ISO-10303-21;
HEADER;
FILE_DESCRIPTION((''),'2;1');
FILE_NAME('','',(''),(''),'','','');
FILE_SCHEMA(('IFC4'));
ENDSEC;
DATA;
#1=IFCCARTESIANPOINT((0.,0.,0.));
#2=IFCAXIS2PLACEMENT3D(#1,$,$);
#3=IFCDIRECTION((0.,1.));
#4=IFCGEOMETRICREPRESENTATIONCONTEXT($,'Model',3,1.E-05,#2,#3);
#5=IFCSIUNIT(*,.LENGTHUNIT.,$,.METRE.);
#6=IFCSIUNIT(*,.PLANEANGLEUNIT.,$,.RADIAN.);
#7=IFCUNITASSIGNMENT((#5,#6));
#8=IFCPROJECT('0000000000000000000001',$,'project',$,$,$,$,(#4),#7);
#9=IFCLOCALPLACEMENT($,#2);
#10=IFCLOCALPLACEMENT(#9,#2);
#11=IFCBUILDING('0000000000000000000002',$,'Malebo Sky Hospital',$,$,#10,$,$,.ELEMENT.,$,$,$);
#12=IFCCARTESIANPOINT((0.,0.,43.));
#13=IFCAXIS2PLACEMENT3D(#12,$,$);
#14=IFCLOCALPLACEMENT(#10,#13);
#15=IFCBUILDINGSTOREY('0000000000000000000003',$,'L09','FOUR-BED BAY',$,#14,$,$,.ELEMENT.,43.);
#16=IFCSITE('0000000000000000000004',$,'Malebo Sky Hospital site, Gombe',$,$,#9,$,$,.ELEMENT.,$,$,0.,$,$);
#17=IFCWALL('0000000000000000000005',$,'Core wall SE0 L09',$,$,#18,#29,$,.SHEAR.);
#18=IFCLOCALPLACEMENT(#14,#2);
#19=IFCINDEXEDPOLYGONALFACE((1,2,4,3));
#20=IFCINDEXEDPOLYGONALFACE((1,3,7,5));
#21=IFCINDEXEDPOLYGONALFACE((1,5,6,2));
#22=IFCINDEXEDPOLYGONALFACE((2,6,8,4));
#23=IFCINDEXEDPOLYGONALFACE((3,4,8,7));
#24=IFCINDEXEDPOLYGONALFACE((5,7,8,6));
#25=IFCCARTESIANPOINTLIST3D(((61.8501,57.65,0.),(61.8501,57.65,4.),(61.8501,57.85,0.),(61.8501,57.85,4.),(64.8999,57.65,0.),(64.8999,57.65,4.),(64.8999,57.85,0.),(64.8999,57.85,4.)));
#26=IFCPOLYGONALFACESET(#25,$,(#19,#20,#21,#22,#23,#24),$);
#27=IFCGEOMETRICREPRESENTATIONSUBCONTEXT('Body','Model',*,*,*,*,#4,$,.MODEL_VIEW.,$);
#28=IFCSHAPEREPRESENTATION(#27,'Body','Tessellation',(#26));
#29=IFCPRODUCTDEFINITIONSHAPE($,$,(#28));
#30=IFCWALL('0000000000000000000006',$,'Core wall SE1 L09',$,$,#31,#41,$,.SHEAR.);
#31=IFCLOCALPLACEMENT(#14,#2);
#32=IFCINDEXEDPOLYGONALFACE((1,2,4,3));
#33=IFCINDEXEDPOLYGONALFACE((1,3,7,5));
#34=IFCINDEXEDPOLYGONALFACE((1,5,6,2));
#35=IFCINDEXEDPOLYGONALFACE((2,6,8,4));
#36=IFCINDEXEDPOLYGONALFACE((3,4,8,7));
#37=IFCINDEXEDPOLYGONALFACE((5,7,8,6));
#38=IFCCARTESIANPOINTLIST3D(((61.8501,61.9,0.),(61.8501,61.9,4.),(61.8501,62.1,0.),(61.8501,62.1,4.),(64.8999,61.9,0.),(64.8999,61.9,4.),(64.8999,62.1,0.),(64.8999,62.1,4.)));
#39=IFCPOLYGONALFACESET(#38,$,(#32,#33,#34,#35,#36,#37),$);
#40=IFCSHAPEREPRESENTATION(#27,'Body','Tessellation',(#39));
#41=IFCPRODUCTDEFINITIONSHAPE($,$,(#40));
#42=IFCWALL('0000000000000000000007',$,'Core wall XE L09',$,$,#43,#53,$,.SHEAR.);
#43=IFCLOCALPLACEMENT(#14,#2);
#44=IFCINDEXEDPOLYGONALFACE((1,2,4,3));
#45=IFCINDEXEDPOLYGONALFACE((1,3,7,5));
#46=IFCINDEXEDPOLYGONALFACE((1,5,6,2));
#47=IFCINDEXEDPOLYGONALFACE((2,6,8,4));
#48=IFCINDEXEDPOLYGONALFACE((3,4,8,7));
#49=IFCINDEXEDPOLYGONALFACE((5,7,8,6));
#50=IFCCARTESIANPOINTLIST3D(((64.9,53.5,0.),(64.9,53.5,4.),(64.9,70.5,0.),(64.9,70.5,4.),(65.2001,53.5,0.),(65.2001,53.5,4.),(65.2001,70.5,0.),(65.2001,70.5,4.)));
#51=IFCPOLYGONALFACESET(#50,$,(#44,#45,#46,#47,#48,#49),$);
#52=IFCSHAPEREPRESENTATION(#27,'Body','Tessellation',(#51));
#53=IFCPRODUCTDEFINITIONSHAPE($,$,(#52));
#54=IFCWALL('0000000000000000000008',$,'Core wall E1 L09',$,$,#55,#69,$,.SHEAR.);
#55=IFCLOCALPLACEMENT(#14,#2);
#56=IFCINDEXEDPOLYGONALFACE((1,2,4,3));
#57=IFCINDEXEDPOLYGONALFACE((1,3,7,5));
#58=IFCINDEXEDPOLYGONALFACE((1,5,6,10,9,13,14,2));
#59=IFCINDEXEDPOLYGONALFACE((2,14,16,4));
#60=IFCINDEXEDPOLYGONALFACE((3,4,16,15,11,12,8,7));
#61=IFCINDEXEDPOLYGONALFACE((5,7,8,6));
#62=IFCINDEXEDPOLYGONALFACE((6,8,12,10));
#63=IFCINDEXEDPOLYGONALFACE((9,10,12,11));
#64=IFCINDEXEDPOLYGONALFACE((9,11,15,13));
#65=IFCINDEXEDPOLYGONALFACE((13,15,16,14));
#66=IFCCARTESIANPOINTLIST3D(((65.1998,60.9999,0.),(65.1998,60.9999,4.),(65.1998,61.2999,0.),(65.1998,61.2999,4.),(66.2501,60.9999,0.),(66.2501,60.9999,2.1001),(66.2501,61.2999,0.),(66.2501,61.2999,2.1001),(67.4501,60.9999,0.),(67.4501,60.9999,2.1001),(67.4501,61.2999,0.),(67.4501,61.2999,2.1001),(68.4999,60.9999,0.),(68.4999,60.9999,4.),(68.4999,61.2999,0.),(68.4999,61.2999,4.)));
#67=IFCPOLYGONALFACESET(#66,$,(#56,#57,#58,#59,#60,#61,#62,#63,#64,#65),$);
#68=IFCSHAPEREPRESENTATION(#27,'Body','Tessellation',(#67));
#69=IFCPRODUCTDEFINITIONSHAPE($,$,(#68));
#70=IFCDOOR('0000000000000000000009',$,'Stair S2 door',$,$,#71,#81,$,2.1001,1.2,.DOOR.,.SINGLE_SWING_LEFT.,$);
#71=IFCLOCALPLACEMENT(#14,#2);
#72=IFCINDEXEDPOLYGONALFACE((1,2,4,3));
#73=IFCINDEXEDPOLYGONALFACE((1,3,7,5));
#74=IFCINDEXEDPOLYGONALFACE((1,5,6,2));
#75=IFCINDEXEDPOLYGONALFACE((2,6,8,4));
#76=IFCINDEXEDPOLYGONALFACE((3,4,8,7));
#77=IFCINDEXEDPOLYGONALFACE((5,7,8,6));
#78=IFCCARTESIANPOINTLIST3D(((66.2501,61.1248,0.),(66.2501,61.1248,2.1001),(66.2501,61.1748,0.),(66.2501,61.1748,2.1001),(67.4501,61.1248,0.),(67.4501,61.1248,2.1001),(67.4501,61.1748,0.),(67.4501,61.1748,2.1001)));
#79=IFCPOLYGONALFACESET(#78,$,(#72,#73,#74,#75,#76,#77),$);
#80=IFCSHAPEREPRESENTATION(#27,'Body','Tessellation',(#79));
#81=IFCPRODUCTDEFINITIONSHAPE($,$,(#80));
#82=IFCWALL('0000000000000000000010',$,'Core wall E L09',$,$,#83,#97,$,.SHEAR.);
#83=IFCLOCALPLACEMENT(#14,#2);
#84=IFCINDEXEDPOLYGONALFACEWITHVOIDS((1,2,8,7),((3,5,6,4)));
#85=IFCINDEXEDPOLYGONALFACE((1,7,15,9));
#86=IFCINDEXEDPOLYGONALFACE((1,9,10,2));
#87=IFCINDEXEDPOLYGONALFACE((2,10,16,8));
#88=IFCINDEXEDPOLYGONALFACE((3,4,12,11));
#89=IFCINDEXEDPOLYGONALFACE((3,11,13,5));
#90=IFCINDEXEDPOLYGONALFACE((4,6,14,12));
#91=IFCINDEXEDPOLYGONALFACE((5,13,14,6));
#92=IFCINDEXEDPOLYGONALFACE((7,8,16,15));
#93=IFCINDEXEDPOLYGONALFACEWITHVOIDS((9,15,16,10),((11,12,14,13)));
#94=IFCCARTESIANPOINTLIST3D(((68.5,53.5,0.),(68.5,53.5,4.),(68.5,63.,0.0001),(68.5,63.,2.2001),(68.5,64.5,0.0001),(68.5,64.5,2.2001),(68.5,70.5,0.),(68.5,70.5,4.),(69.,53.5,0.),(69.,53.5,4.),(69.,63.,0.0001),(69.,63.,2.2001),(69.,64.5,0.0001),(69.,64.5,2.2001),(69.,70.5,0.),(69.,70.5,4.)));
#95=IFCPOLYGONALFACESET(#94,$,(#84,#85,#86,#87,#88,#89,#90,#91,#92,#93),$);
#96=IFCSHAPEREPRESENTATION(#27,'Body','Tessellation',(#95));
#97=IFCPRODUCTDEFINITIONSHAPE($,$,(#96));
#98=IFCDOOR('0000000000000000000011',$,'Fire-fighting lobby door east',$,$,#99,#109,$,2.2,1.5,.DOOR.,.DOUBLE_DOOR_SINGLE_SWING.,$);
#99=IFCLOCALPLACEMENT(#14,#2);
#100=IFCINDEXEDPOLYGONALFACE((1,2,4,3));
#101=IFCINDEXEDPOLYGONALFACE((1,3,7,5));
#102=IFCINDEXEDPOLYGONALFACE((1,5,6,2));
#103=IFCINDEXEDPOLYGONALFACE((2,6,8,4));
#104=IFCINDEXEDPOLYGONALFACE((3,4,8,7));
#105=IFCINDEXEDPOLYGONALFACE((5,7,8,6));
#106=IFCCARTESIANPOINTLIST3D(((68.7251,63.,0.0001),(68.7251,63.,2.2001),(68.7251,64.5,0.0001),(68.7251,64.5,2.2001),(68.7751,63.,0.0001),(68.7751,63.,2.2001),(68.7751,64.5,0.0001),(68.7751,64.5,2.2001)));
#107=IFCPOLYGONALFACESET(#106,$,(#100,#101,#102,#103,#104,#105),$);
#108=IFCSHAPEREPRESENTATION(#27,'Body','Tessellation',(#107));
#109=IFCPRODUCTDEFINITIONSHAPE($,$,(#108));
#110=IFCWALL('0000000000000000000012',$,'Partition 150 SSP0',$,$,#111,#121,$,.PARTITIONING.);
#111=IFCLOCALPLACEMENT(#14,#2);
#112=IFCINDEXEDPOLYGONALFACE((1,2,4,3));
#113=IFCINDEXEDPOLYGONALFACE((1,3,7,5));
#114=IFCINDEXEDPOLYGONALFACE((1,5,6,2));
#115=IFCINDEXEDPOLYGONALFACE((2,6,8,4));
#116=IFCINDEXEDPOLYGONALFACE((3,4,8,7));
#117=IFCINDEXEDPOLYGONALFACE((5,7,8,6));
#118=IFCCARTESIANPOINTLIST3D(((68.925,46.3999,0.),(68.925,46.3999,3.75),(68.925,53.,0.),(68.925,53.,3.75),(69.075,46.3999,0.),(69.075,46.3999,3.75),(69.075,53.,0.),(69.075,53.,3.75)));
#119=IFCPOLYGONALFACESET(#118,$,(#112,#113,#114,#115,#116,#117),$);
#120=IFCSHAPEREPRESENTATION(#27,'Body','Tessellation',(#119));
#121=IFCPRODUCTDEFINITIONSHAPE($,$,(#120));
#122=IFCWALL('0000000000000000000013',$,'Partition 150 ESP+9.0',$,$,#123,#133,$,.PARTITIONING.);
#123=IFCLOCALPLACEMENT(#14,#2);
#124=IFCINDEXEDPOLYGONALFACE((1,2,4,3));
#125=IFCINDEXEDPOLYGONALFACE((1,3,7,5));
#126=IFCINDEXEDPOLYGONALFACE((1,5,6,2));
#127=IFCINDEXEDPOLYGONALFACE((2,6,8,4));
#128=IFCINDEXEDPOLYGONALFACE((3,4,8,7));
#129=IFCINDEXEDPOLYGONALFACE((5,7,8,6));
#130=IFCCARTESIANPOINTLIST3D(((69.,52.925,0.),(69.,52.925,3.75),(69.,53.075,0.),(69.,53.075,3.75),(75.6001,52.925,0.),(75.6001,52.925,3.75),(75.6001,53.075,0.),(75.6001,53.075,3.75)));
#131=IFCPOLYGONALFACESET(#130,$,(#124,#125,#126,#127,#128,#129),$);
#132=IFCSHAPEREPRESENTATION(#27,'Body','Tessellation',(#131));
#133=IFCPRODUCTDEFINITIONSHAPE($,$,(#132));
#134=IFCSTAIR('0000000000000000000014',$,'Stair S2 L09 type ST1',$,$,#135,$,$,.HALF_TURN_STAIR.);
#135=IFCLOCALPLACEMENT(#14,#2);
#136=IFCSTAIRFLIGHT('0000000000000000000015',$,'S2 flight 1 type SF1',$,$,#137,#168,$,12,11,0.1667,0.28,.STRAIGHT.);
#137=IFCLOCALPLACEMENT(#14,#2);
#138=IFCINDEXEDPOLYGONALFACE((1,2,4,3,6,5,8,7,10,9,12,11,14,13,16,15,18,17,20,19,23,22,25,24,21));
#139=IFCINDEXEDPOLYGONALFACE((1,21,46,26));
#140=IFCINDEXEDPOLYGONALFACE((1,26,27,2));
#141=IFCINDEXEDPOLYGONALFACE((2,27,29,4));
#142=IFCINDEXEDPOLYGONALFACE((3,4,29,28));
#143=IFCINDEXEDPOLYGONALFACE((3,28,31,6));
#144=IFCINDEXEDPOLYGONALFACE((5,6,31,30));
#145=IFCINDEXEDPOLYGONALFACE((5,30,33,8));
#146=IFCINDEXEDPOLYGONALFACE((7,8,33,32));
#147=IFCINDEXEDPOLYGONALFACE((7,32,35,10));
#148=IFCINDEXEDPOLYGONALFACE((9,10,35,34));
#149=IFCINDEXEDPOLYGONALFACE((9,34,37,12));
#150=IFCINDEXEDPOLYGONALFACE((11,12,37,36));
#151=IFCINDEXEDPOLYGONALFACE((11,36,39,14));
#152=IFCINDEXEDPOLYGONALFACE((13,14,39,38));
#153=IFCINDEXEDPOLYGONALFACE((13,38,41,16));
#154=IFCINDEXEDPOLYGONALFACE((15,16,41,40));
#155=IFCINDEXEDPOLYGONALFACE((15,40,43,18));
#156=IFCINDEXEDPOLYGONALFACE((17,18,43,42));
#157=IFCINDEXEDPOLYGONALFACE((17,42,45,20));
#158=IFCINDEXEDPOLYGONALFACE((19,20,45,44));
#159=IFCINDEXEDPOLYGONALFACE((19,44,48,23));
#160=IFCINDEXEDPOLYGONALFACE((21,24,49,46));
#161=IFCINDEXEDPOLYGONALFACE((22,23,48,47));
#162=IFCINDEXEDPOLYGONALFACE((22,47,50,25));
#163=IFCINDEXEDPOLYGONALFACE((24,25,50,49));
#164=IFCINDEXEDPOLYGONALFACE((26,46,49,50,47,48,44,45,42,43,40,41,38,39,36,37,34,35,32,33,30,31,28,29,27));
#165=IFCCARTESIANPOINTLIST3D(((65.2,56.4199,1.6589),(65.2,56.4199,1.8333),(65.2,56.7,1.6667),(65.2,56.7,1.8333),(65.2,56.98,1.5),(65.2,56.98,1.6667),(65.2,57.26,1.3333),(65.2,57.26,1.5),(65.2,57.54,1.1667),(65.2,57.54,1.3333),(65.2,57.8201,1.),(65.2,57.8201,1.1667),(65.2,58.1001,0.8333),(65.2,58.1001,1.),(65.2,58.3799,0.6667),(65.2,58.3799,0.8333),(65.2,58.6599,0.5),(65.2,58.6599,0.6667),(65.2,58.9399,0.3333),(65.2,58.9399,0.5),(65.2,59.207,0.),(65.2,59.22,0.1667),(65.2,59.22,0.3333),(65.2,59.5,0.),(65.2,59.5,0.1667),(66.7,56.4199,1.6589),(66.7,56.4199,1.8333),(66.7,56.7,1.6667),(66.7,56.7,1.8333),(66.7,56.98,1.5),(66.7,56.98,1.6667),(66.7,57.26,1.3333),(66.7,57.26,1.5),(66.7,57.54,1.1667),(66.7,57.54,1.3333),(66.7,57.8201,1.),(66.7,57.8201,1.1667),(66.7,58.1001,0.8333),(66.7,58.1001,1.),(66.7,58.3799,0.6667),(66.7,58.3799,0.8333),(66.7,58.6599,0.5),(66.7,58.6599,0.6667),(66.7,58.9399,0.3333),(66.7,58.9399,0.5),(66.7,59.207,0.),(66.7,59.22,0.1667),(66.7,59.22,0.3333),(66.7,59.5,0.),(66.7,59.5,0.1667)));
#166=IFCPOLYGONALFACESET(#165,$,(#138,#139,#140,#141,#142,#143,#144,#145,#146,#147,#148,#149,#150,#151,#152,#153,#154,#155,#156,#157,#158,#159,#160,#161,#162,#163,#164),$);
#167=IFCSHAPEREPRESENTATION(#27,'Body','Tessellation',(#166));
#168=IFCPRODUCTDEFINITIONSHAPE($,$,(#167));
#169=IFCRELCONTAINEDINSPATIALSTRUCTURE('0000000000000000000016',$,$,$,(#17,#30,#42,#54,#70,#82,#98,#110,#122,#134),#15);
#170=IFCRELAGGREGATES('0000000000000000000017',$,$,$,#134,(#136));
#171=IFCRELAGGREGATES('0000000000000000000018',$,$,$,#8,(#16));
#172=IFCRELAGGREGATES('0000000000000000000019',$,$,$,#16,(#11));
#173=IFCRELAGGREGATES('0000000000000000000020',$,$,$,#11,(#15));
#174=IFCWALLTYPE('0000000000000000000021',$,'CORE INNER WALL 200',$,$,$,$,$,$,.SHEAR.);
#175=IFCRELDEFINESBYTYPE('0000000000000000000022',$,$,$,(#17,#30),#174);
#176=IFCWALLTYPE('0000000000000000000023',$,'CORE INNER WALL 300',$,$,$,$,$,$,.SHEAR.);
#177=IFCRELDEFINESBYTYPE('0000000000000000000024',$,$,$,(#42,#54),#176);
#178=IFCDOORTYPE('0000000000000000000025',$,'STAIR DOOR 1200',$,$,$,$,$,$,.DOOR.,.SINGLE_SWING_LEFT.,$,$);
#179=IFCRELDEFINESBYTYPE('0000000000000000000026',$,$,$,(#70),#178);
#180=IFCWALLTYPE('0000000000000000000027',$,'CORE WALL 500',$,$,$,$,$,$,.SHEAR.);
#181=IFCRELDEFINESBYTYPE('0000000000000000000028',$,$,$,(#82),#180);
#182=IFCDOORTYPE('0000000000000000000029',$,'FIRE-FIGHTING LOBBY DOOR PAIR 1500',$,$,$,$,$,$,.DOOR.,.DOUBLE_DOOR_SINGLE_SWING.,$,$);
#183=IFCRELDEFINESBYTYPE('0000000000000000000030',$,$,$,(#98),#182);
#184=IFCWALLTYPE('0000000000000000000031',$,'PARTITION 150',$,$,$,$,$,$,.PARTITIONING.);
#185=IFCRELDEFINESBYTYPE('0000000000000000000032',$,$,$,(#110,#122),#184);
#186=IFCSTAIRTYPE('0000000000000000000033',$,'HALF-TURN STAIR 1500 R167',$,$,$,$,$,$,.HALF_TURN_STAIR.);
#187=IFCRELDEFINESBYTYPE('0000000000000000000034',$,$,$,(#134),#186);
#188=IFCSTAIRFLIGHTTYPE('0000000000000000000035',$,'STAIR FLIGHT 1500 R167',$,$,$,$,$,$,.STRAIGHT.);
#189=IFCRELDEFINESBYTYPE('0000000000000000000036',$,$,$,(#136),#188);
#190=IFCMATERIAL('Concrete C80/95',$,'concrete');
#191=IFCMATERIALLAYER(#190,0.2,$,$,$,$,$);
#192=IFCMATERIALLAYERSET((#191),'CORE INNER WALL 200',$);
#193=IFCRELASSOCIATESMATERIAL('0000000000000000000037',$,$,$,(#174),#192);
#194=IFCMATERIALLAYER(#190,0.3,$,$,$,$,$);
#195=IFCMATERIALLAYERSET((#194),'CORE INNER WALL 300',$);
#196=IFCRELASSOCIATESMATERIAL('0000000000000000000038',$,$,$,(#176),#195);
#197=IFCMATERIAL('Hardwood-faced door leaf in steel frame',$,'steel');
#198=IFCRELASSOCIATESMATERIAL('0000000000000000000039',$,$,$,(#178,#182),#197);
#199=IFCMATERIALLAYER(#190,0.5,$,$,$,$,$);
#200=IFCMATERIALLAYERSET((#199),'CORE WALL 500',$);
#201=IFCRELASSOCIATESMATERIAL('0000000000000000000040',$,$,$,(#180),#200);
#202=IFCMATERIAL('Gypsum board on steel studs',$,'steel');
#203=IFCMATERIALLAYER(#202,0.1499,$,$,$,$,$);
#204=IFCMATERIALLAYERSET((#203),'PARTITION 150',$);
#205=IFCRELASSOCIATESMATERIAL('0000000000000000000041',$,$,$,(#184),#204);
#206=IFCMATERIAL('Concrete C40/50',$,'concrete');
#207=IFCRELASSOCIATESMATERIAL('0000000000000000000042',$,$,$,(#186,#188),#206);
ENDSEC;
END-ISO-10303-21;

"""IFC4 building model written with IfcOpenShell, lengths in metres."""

from ifc_helpers import new_model, si_unit, direction, frame, frame_2d, origin, place, context, subcontext, project, spatial, polyline, rectangle, outline, extrude, material, layer, layer_set, type_object, element, fill, aggregate, save


model = new_model("IFC4")

# Units and contexts
model_context = context("Model", 3, precision=1e-05, world=origin(), true_north=direction((0.0, 1.0)))
body_context = subcontext(model_context, "Body", "Model", "MODEL_VIEW")
ifc_project = project(units=[si_unit("LENGTHUNIT", "METRE"), si_unit("PLANEANGLEUNIT", "RADIAN")], contexts=[model_context])

# Site, building, storey
site_placement = place(None, origin())
site = spatial("IfcSite", under=ifc_project, at=site_placement, Name="Malebo Sky Hospital site, Gombe", CompositionType="ELEMENT", RefElevation=0.0)
building_placement = place(site_placement, origin())
building = spatial("IfcBuilding", under=site, at=building_placement, Name="Malebo Sky Hospital", CompositionType="ELEMENT")
storey_placement = place(building_placement, frame((0.0, 0.0, 43.0)))
storey = spatial("IfcBuildingStorey", under=building, at=storey_placement, Name="L09", Description="FOUR-BED BAY", CompositionType="ELEMENT", Elevation=43.0)

# Shared definitions
ifc_material_1 = material(Name="Concrete C80/95", Category="concrete")
ifc_layer_1 = layer(ifc_material_1, 0.2)
ifc_layer_set_1 = layer_set([ifc_layer_1], Name="CORE INNER WALL 200")
wall_type_1 = type_object("IfcWallType", Name="CORE INNER WALL 200", PredefinedType="SHEAR", material=ifc_layer_set_1)

# Walls
for number, where, z_axis, x_axis, name in (
    (1, (61.8501, 57.75, 0.0), (0.0, 0.0, 1.0), (1.0, 0.0, 0.0), "Core wall SE0 L09"),
    (2, (61.8501, 62.0, 0.0), (0.0, 0.0, 1.0), (1.0, 0.0, 0.0), "Core wall SE1 L09"),
):
    element("IfcWall", number, at=place(storey_placement, frame(where, z_axis=z_axis, x_axis=x_axis)), inside=storey, type_object=wall_type_1, Name=name, PredefinedType="SHEAR", context=body_context, shape_type="SweptSolid", body=[
        extrude(rectangle(XDim=3.0498, YDim=0.2, at=frame_2d((1.5249, 0.0))), origin(), (0.0, 0.0, 1.0), 4.0),
    ])
ifc_layer_2 = layer(ifc_material_1, 0.3)
ifc_layer_set_2 = layer_set([ifc_layer_2], Name="CORE INNER WALL 300")
wall_type_2 = type_object("IfcWallType", Name="CORE INNER WALL 300", PredefinedType="SHEAR", material=ifc_layer_set_2)
wall_1_placement = place(storey_placement, frame((65.05, 53.5, 0.0), z_axis=(0.0, 0.0, 1.0), x_axis=(0.0, 1.0, 0.0)))
element("IfcWall", 3, at=wall_1_placement, inside=storey, type_object=wall_type_2, Name="Core wall XE L09", PredefinedType="SHEAR", context=body_context, shape_type="SweptSolid", body=[
    extrude(rectangle(XDim=17.0, YDim=0.3, at=frame_2d((8.5, 0.0))), origin(), (0.0, 0.0, 1.0), 4.0),
])

# Walls, openings, doors
wall_2_placement = place(storey_placement, frame((65.2, 61.1499, 0.0), z_axis=(0.0, 0.0, 1.0), x_axis=(1.0, 0.0, 0.0)))
wall_2 = element("IfcWall", 4, at=wall_2_placement, inside=storey, type_object=wall_type_2, Name="Core wall E1 L09", PredefinedType="SHEAR", context=body_context, shape_type="SweptSolid", body=[
    extrude(rectangle(XDim=3.3, YDim=0.3, at=frame_2d((1.6499, 0.0))), origin(), (0.0, 0.0, 1.0), 4.0),
])
opening_1_placement = place(wall_2_placement, frame((1.05, 0.0, 0.0)))
opening_1 = element("IfcOpeningElement", 5, at=opening_1_placement, cuts=wall_2, PredefinedType="OPENING", context=body_context, shape_type="SweptSolid", body=[
    extrude(rectangle(XDim=1.2, YDim=2.1001, at=frame_2d((0.6001, 1.05))), frame((0.0, 0.1599, 0.0), z_axis=(0.0, -1.0, 0.0), x_axis=(1.0, 0.0, 0.0)), (0.0, 0.0, 1.0), 0.3201),
])
ifc_material_2 = material(Name="Hardwood-faced door leaf in steel frame", Category="steel")
door_type_1 = type_object("IfcDoorType", Name="STAIR DOOR 1200", OperationType="SINGLE_SWING_LEFT", PredefinedType="DOOR", material=ifc_material_2)
door_1_placement = place(opening_1_placement, origin())
door_1 = element("IfcDoor", 6, at=door_1_placement, inside=storey, type_object=door_type_1, Name="Stair S2 door", OperationType="SINGLE_SWING_LEFT", OverallHeight=2.1001, OverallWidth=1.2, PredefinedType="DOOR", context=body_context, shape_type="SweptSolid", body=[
    extrude(rectangle(XDim=1.2, YDim=2.1001, at=frame_2d((0.6001, 1.05))), frame((0.0, 0.0249, 0.0), z_axis=(0.0, -1.0, 0.0), x_axis=(1.0, 0.0, 0.0)), (0.0, 0.0, 1.0), 0.05),
])
fill(opening_1, door_1)
ifc_layer_3 = layer(ifc_material_1, 0.5)
ifc_layer_set_3 = layer_set([ifc_layer_3], Name="CORE WALL 500")
wall_type_3 = type_object("IfcWallType", Name="CORE WALL 500", PredefinedType="SHEAR", material=ifc_layer_set_3)
wall_3_placement = place(storey_placement, frame((68.75, 53.5, 0.0), z_axis=(0.0, 0.0, 1.0), x_axis=(0.0, 1.0, 0.0)))
wall_3 = element("IfcWall", 7, at=wall_3_placement, inside=storey, type_object=wall_type_3, Name="Core wall E L09", PredefinedType="SHEAR", context=body_context, shape_type="SweptSolid", body=[
    extrude(rectangle(XDim=17.0, YDim=0.5, at=frame_2d((8.5, 0.0))), origin(), (0.0, 0.0, 1.0), 4.0),
])
opening_2_placement = place(wall_3_placement, frame((9.5, 0.0, 0.0)))
opening_2 = element("IfcOpeningElement", 8, at=opening_2_placement, cuts=wall_3, PredefinedType="OPENING", context=body_context, shape_type="SweptSolid", body=[
    extrude(rectangle(XDim=1.5, YDim=2.2, at=frame_2d((0.75, 1.1001))), frame((0.0, 0.26, 0.0), z_axis=(0.0, -1.0, 0.0), x_axis=(1.0, 0.0, 0.0)), (0.0, 0.0, 1.0), 0.52),
])
door_type_2 = type_object("IfcDoorType", Name="FIRE-FIGHTING LOBBY DOOR PAIR 1500", OperationType="DOUBLE_DOOR_SINGLE_SWING", PredefinedType="DOOR", material=ifc_material_2)
door_2_placement = place(opening_2_placement, origin())
door_2 = element("IfcDoor", 9, at=door_2_placement, inside=storey, type_object=door_type_2, Name="Fire-fighting lobby door east", OperationType="DOUBLE_DOOR_SINGLE_SWING", OverallHeight=2.2, OverallWidth=1.5, PredefinedType="DOOR", context=body_context, shape_type="SweptSolid", body=[
    extrude(rectangle(XDim=1.5, YDim=2.2, at=frame_2d((0.75, 1.1001))), frame((0.0, 0.0249, 0.0), z_axis=(0.0, -1.0, 0.0), x_axis=(1.0, 0.0, 0.0)), (0.0, 0.0, 1.0), 0.05),
])
fill(opening_2, door_2)

# Walls
ifc_material_3 = material(Name="Gypsum board on steel studs", Category="steel")
ifc_layer_4 = layer(ifc_material_3, 0.1499)
ifc_layer_set_4 = layer_set([ifc_layer_4], Name="PARTITION 150")
wall_type_4 = type_object("IfcWallType", Name="PARTITION 150", PredefinedType="PARTITIONING", material=ifc_layer_set_4)
for number, where, z_axis, x_axis, name in (
    (10, (69.0, 53.0, 0.0), (0.0, 0.0, 1.0), (0.0, -1.0, 0.0), "Partition 150 SSP0"),
    (11, (69.0, 53.0, 0.0), (0.0, 0.0, 1.0), (1.0, 0.0, 0.0), "Partition 150 ESP+9.0"),
):
    element("IfcWall", number, at=place(storey_placement, frame(where, z_axis=z_axis, x_axis=x_axis)), inside=storey, type_object=wall_type_4, Name=name, PredefinedType="PARTITIONING", context=body_context, shape_type="SweptSolid", body=[
        extrude(rectangle(XDim=6.6001, YDim=0.1499, at=frame_2d((3.3, 0.0))), origin(), (0.0, 0.0, 1.0), 3.75),
    ])

# Stair, stair flight
ifc_material_4 = material(Name="Concrete C40/50", Category="concrete")
stair_type = type_object("IfcStairType", Name="HALF-TURN STAIR 1500 R167", PredefinedType="HALF_TURN_STAIR", material=ifc_material_4)
stair_placement = place(storey_placement, origin())
stair = element("IfcStair", 12, at=stair_placement, inside=storey, type_object=stair_type, Name="Stair S2 L09 type ST1", PredefinedType="HALF_TURN_STAIR")
stair_flight_type = type_object("IfcStairFlightType", Name="STAIR FLIGHT 1500 R167", PredefinedType="STRAIGHT", material=ifc_material_4)
stair_flight_1_placement = place(storey_placement, frame((65.95, 59.5, 0.0), z_axis=(0.0, 0.0, 1.0), x_axis=(0.0, -1.0, 0.0)))
stair_flight_1 = element("IfcStairFlight", 13, at=stair_flight_1_placement, type_object=stair_flight_type, Name="S2 flight 1 type SF1", NumberOfRisers=12, NumberOfTreads=11, PredefinedType="STRAIGHT", RiserHeight=0.1667, TreadLength=0.28, context=body_context, shape_type="SweptSolid", body=[
    extrude(outline(polyline([(0.0, 0.0), (0.0, 0.1667), (0.28, 0.1667), (0.28, 0.3333), (0.5601, 0.3333), (0.5601, 0.5), (0.8401, 0.5), (0.8401, 0.6667), (1.1201, 0.6667), (1.1201, 0.8333), (1.3999, 0.8333), (1.3999, 1.0), (1.6799, 1.0), (1.6799, 1.1667), (1.96, 1.1667), (1.96, 1.3333), (2.24, 1.3333), (2.24, 1.5), (2.52, 1.5), (2.52, 1.6667), (2.8, 1.6667), (2.8, 1.8333), (3.0801, 1.8333), (3.0801, 2.0), (3.0801, 1.6589), (0.293, 0.0), (0.0, 0.0)])), frame((0.0, 0.75, 0.0), z_axis=(0.0, -1.0, 0.0), x_axis=(1.0, 0.0, 0.0)), (0.0, 0.0, 1.0), 1.5),
])
aggregate(stair, [stair_flight_1])

save(model, "model.ifc")
